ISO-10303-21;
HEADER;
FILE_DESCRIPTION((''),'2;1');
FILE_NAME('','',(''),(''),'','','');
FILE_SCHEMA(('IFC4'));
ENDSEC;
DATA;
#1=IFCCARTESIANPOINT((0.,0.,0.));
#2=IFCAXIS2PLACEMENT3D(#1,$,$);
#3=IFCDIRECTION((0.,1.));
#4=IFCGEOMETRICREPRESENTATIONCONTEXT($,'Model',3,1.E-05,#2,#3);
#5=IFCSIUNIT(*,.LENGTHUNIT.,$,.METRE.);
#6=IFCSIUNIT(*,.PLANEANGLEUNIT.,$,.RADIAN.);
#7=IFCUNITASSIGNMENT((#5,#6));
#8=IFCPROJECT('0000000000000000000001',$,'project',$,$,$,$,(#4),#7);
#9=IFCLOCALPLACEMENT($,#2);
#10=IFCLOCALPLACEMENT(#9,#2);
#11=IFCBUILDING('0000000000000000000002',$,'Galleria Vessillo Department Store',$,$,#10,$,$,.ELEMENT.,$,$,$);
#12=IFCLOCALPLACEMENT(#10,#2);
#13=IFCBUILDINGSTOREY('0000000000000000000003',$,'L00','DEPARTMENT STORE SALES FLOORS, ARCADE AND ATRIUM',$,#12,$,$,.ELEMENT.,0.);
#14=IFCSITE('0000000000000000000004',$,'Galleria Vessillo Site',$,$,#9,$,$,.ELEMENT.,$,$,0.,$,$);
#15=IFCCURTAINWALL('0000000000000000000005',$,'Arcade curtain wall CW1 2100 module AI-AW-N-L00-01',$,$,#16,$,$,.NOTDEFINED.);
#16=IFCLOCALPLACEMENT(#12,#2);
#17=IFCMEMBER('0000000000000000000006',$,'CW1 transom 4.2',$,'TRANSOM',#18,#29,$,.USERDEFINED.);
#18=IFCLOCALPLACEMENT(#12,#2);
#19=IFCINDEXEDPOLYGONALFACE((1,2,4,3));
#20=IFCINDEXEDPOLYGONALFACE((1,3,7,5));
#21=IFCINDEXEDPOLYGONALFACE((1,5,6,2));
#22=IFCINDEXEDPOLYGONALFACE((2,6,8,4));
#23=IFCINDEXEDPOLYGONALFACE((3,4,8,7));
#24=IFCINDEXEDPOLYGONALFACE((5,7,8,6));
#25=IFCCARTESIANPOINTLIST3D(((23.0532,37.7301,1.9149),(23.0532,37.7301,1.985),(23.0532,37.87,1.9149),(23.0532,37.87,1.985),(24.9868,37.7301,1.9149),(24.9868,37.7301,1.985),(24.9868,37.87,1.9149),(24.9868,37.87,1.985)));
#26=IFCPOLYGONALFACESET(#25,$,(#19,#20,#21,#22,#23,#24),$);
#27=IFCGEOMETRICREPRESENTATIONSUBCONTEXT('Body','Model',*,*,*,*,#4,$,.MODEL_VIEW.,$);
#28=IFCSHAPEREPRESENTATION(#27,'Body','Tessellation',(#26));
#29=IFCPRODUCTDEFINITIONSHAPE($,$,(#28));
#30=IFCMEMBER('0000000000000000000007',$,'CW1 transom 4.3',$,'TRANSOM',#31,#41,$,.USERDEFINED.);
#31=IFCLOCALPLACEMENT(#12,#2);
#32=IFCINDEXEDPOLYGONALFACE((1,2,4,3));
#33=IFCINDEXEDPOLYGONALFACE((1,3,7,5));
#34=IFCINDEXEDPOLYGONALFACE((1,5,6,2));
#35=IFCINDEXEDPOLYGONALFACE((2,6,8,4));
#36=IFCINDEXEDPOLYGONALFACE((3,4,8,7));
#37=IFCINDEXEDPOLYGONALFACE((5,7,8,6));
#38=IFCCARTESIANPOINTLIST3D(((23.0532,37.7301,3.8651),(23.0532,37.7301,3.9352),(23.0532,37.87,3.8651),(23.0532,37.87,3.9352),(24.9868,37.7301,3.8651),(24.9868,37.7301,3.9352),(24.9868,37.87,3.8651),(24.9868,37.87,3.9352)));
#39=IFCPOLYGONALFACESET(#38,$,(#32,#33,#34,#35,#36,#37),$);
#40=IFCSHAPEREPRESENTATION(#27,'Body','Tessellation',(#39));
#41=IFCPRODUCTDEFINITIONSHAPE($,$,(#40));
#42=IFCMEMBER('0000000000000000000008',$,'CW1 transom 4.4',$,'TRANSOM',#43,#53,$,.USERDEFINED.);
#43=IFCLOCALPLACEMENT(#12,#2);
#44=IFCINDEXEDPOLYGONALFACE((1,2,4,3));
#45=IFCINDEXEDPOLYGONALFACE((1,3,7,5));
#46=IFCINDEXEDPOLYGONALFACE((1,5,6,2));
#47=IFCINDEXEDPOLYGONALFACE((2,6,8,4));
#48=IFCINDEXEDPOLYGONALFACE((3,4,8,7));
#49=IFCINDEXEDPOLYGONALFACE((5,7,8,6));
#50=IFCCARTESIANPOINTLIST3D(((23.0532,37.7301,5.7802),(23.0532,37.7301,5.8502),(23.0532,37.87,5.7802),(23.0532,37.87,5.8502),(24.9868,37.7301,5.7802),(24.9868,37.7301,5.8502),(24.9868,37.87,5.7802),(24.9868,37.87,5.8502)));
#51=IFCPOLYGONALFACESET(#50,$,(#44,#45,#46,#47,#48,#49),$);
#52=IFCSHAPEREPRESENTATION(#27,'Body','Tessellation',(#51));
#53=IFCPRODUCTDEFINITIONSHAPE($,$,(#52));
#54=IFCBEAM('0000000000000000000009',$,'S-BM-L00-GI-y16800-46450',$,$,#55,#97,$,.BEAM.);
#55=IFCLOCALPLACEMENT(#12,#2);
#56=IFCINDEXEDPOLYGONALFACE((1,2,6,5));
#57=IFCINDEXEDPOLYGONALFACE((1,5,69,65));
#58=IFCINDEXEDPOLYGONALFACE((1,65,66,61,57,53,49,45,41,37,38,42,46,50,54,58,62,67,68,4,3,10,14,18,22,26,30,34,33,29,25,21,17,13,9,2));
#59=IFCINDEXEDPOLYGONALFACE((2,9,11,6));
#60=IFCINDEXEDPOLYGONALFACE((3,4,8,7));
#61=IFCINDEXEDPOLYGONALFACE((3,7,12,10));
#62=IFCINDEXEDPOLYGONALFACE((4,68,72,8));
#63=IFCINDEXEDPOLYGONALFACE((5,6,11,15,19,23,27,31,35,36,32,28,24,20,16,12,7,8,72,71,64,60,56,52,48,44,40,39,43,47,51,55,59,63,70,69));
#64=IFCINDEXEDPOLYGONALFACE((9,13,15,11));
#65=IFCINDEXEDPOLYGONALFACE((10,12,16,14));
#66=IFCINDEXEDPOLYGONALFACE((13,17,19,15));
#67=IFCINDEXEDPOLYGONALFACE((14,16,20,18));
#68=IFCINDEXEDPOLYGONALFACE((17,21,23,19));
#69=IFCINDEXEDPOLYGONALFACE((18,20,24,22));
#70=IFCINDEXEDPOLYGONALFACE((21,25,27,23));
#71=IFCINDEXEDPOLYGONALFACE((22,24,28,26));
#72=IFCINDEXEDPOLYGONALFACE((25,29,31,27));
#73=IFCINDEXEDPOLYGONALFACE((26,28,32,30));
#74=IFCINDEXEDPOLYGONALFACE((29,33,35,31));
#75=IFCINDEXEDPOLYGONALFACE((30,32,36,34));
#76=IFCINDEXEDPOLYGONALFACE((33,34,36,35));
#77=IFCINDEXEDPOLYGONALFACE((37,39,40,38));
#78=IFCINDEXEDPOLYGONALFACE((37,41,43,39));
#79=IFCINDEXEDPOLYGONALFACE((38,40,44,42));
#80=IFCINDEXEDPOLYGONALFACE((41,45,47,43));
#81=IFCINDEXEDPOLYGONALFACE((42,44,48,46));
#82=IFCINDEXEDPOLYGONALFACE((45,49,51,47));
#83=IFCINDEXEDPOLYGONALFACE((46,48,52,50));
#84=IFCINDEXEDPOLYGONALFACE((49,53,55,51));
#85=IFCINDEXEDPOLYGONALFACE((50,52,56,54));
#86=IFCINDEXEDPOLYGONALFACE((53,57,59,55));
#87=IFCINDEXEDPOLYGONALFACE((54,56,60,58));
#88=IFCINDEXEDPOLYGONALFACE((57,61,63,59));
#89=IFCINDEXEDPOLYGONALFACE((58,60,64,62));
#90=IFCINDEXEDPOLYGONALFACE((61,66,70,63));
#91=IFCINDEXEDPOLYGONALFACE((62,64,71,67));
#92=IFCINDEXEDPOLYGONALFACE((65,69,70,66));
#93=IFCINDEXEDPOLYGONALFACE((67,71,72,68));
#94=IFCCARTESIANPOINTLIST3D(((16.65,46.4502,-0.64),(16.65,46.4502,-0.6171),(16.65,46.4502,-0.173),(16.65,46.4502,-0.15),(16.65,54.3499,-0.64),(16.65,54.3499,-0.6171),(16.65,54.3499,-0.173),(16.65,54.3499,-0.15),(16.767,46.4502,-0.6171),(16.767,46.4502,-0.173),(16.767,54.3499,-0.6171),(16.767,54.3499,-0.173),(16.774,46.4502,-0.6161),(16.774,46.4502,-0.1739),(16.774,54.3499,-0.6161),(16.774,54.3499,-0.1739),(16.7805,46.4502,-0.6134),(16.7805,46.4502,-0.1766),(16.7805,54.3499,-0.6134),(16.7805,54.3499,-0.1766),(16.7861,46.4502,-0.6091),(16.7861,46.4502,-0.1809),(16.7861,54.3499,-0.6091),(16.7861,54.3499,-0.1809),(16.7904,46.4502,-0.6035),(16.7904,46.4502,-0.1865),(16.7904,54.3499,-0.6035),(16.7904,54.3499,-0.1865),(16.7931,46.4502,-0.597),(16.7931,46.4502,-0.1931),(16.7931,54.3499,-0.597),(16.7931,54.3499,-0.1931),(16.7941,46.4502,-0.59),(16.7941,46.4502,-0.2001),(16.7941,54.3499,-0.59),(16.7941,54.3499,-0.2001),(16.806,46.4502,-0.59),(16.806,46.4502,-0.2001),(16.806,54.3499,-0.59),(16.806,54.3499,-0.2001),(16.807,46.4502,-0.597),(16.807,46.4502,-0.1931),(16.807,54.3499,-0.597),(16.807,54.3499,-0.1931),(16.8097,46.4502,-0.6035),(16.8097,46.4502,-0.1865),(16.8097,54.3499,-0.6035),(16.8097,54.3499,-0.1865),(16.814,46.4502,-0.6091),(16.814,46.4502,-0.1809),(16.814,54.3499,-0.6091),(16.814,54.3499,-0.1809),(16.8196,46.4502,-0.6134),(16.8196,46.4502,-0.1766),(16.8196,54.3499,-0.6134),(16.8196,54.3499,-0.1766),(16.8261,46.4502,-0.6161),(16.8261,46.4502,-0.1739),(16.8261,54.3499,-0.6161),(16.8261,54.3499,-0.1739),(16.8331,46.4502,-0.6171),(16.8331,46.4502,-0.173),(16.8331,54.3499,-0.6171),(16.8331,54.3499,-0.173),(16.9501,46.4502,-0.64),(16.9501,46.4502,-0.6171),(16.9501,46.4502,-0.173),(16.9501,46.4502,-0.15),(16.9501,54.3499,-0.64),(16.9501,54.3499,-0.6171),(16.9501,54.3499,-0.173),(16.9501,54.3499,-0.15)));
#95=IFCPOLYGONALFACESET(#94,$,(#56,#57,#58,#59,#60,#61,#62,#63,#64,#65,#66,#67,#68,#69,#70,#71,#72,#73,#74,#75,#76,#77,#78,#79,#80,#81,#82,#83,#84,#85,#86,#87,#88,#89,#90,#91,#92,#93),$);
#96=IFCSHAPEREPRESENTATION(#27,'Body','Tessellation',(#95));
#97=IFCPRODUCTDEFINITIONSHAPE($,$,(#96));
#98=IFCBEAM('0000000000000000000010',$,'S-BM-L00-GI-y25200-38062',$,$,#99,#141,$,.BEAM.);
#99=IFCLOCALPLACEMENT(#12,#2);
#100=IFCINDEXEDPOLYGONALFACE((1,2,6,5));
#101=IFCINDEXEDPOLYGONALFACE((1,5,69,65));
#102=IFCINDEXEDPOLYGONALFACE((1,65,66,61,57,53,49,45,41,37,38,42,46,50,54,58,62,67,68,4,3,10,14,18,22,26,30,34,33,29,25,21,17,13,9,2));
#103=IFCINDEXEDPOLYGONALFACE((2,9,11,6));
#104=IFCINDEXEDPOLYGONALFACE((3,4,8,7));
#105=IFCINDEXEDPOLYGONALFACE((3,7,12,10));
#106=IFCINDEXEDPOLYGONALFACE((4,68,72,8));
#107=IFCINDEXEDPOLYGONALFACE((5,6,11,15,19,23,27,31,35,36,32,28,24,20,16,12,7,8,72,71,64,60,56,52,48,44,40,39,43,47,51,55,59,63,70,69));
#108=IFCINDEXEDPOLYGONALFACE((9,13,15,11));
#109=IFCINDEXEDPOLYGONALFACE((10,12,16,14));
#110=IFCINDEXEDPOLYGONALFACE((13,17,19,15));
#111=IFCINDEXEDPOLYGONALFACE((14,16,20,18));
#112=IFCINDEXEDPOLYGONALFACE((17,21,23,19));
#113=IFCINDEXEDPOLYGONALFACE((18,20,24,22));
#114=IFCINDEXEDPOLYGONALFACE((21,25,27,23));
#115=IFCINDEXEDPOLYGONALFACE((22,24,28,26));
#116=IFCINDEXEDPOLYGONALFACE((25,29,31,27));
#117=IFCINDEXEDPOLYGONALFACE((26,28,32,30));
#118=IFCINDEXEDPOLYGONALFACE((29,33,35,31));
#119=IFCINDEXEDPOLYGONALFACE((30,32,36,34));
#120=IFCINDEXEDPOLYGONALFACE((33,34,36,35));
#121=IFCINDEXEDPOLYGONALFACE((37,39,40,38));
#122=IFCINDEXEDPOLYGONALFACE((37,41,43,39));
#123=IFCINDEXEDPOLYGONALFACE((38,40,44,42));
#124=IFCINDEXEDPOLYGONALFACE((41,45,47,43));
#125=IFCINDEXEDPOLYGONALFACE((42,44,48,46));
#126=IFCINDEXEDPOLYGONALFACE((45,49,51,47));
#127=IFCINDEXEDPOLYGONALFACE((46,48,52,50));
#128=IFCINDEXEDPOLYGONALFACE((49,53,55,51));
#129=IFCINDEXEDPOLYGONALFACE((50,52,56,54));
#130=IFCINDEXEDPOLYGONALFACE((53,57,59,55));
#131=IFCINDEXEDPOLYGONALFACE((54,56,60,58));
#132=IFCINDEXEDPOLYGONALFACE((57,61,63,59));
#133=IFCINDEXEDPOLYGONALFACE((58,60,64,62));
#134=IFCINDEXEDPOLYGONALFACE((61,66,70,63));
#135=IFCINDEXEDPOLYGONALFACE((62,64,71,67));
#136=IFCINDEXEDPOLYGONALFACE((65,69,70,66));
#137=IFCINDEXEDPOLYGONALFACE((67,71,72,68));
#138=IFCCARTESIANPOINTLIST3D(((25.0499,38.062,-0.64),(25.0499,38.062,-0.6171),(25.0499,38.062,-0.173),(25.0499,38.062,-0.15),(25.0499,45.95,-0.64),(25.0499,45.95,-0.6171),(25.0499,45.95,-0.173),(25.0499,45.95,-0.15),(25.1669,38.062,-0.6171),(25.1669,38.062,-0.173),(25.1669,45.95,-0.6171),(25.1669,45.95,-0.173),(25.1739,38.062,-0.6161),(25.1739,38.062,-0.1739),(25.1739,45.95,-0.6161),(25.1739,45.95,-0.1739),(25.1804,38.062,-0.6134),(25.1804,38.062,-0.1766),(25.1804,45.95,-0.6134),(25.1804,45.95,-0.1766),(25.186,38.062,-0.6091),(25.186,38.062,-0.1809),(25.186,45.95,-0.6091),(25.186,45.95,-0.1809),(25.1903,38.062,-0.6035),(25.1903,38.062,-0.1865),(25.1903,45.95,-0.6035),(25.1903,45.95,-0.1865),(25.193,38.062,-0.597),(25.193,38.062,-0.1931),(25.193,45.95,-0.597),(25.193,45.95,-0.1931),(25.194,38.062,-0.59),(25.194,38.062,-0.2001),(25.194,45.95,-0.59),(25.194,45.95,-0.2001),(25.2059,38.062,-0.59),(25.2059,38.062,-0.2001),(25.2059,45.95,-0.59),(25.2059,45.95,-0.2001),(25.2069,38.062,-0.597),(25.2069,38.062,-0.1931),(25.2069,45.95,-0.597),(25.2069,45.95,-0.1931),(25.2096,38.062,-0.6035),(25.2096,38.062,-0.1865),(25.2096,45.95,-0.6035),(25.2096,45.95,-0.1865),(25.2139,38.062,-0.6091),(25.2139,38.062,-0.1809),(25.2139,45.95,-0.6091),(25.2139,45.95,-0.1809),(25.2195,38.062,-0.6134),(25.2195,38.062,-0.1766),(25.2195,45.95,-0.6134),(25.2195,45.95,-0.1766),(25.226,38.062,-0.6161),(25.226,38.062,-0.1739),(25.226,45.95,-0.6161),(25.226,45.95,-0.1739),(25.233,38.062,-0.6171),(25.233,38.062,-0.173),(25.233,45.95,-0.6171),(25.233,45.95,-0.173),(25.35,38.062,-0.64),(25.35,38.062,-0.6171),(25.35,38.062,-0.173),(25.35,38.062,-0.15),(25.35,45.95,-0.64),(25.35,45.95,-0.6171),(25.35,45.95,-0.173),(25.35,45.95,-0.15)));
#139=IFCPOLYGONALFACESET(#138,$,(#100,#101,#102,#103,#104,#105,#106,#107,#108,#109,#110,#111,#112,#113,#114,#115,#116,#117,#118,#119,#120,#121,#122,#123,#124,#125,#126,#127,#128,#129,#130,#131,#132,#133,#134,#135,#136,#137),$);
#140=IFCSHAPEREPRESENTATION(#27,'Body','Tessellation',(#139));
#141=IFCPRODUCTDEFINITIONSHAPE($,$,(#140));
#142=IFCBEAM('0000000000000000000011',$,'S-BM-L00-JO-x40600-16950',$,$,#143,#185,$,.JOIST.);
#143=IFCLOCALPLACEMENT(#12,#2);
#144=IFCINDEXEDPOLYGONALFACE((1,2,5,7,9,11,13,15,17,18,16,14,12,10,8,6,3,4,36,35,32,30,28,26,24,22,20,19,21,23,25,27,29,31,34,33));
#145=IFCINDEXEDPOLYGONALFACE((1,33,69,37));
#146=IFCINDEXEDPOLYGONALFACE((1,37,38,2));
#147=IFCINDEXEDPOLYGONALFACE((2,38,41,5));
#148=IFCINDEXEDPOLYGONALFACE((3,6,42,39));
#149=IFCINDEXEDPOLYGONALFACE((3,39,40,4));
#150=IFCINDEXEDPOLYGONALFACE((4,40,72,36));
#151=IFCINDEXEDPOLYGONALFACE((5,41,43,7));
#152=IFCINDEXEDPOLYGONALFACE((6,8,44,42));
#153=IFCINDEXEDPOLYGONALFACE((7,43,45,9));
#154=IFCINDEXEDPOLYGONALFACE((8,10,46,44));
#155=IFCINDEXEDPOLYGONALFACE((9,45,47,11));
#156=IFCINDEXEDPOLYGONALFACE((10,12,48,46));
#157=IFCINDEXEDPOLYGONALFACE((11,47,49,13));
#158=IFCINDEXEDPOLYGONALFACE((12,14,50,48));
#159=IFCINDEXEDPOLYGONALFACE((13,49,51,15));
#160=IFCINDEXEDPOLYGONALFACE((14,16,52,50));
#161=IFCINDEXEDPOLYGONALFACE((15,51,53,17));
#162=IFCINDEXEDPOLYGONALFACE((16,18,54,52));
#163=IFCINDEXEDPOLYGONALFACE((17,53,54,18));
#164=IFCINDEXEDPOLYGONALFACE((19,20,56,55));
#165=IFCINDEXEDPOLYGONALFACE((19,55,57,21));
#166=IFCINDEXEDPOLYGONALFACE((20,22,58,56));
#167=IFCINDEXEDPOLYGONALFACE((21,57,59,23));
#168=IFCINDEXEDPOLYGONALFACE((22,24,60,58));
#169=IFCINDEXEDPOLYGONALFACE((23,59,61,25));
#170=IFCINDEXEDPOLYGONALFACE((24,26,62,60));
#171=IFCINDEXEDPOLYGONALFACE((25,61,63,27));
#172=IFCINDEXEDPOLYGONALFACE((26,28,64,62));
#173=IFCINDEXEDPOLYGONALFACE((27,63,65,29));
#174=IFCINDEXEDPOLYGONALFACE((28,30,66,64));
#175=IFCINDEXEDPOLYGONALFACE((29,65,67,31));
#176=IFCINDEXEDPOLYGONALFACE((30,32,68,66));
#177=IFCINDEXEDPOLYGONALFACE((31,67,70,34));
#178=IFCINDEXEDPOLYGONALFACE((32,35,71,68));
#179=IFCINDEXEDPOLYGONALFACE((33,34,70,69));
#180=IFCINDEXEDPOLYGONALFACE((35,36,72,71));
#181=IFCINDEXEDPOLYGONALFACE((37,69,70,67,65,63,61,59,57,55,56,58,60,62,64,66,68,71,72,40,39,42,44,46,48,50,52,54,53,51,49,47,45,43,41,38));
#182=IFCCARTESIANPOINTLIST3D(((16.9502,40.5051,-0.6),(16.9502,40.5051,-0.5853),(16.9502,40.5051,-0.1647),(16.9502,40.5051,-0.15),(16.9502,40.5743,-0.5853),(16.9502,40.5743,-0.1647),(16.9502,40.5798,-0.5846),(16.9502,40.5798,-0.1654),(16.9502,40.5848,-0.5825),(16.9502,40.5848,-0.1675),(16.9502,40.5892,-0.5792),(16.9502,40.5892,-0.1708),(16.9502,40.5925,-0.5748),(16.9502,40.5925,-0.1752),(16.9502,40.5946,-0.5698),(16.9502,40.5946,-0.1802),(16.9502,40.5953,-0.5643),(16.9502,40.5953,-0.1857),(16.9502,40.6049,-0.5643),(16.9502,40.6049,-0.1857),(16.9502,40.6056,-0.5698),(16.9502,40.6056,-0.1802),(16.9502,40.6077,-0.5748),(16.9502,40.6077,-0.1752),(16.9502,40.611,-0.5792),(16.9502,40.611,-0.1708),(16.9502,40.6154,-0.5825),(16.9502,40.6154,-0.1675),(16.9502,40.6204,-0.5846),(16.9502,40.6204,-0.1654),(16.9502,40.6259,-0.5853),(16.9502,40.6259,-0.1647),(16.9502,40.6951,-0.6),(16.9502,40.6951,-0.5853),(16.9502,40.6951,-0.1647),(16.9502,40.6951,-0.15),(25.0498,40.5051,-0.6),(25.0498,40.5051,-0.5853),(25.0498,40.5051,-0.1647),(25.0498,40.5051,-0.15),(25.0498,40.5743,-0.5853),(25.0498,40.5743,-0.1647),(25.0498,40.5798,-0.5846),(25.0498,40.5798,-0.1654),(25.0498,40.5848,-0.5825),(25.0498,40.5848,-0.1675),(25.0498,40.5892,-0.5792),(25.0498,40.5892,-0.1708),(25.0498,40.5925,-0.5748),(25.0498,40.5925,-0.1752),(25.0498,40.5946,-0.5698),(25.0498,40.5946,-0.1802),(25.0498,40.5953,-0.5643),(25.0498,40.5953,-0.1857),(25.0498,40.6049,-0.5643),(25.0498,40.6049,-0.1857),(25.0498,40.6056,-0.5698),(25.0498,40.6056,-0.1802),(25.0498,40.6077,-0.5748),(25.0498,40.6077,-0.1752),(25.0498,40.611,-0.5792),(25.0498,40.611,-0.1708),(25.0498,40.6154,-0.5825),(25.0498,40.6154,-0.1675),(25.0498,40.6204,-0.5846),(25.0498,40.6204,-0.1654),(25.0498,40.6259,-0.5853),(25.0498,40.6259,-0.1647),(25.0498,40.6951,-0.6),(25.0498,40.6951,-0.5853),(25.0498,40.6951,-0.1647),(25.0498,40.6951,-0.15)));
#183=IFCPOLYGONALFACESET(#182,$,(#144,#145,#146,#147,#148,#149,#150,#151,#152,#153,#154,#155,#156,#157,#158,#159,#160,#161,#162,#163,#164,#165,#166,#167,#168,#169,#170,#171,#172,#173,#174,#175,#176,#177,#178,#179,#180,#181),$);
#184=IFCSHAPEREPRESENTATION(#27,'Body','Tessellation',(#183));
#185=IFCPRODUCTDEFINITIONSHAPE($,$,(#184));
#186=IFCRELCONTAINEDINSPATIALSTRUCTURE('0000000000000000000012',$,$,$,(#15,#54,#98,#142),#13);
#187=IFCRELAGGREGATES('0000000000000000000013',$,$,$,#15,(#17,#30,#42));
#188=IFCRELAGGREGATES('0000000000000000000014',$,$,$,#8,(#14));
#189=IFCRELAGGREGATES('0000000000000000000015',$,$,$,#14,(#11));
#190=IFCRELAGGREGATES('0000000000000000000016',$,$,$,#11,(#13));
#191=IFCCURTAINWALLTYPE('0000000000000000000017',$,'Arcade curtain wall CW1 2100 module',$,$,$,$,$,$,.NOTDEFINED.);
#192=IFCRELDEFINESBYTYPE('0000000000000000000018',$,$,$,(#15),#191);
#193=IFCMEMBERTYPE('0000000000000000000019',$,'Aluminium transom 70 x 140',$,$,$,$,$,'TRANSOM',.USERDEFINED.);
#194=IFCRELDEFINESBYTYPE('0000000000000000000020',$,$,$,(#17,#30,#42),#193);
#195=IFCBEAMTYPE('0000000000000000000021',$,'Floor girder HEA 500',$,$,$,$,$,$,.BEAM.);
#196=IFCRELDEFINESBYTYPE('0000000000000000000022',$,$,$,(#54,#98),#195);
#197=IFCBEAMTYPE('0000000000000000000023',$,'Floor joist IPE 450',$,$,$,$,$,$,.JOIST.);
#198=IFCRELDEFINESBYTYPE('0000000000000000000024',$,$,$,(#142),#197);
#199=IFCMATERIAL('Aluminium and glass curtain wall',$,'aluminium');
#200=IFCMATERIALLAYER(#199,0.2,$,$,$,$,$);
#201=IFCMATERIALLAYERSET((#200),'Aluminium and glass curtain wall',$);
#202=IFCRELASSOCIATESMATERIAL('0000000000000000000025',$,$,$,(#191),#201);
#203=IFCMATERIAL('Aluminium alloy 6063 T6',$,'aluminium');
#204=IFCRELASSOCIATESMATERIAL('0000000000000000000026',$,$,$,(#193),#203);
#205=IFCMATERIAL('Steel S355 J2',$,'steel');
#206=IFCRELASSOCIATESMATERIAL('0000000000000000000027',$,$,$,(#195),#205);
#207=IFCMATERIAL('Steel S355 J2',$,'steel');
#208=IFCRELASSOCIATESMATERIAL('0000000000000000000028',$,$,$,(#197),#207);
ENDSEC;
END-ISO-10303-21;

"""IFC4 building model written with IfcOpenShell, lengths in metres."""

from ifc_helpers import new_model, si_unit, direction, frame, origin, origin_2d, place, context, subcontext, project, spatial, rectangle, i_section, extrude, material, layer, layer_set, material_profile, profile_set, type_object, element, aggregate, save


model = new_model("IFC4")

# Units and contexts
model_context = context("Model", 3, precision=1e-05, world=origin(), true_north=direction((0.0, 1.0)))
body_context = subcontext(model_context, "Body", "Model", "MODEL_VIEW")
ifc_project = project(units=[si_unit("LENGTHUNIT", "METRE"), si_unit("PLANEANGLEUNIT", "RADIAN")], contexts=[model_context])

# Site, building, storey
site_placement = place(None, origin())
site = spatial("IfcSite", under=ifc_project, at=site_placement, Name="Galleria Vessillo Site", CompositionType="ELEMENT", RefElevation=0.0)
building_placement = place(site_placement, origin())
building = spatial("IfcBuilding", under=site, at=building_placement, Name="Galleria Vessillo Department Store", CompositionType="ELEMENT")
storey_placement = place(building_placement, origin())
storey = spatial("IfcBuildingStorey", under=building, at=storey_placement, Name="L00", Description="DEPARTMENT STORE SALES FLOORS, ARCADE AND ATRIUM", CompositionType="ELEMENT", Elevation=0.0)

# Curtain wall, members
ifc_material_1 = material(Name="Aluminium and glass curtain wall", Category="aluminium")
ifc_layer_1 = layer(ifc_material_1, 0.2)
ifc_layer_set_1 = layer_set([ifc_layer_1], Name="Aluminium and glass curtain wall")
curtain_wall_type = type_object("IfcCurtainWallType", Name="Arcade curtain wall CW1 2100 module", PredefinedType="NOTDEFINED", material=ifc_layer_set_1)
curtain_wall_placement = place(storey_placement, origin())
curtain_wall = element("IfcCurtainWall", 1, at=curtain_wall_placement, inside=storey, type_object=curtain_wall_type, Name="Arcade curtain wall CW1 2100 module AI-AW-N-L00-01", PredefinedType="NOTDEFINED")
ifc_material_2 = material(Name="Aluminium alloy 6063 T6", Category="aluminium")
ifc_material_profile_1 = material_profile(ifc_material_2, rectangle(XDim=0.1399, YDim=0.0701, at=origin_2d()), Name="AL 70x140")
ifc_profile_set_1 = profile_set([ifc_material_profile_1], Name="Aluminium alloy 6063 T6")
member_type_1 = type_object("IfcMemberType", Name="Aluminium transom 70 x 140", ElementType="TRANSOM", PredefinedType="USERDEFINED", material=ifc_profile_set_1)
member_1_placement = place(storey_placement, frame((23.0532, 37.8, 1.95), z_axis=(1.0, 0.0, 0.0), x_axis=(0.0, 1.0, 0.0)))
member_1 = element("IfcMember", 2, at=member_1_placement, type_object=member_type_1, Name="CW1 transom 4.2", ObjectType="TRANSOM", PredefinedType="USERDEFINED", context=body_context, shape_type="SweptSolid", body=[
    extrude(rectangle(XDim=0.1399, YDim=0.0701, at=origin_2d()), origin(), (0.0, 0.0, 1.0), 1.9336),
])
member_2_placement = place(storey_placement, frame((23.0532, 37.8, 3.9001), z_axis=(1.0, 0.0, 0.0), x_axis=(0.0, 1.0, 0.0)))
member_2 = element("IfcMember", 3, at=member_2_placement, type_object=member_type_1, Name="CW1 transom 4.3", ObjectType="TRANSOM", PredefinedType="USERDEFINED", context=body_context, shape_type="SweptSolid", body=[
    extrude(rectangle(XDim=0.1399, YDim=0.0701, at=origin_2d()), origin(), (0.0, 0.0, 1.0), 1.9336),
])
member_3_placement = place(storey_placement, frame((23.0532, 37.8, 5.8152), z_axis=(1.0, 0.0, 0.0), x_axis=(0.0, 1.0, 0.0)))
member_3 = element("IfcMember", 4, at=member_3_placement, type_object=member_type_1, Name="CW1 transom 4.4", ObjectType="TRANSOM", PredefinedType="USERDEFINED", context=body_context, shape_type="SweptSolid", body=[
    extrude(rectangle(XDim=0.1399, YDim=0.0701, at=origin_2d()), origin(), (0.0, 0.0, 1.0), 1.9336),
])

# Beams
ifc_material_3 = material(Name="Steel S355 J2", Category="steel")
ifc_material_profile_2 = material_profile(ifc_material_3, i_section(OverallWidth=0.3, OverallDepth=0.49, WebThickness=0.012, FlangeThickness=0.0229, FilletRadius=0.0271, at=origin_2d()), Name="HEA 500")
ifc_profile_set_2 = profile_set([ifc_material_profile_2], Name="Steel S355 J2")
beam_type_1 = type_object("IfcBeamType", Name="Floor girder HEA 500", PredefinedType="BEAM", material=ifc_profile_set_2)
beam_1_placement = place(storey_placement, frame((16.8, 46.4502, -0.395), z_axis=(0.0, 1.0, 0.0), x_axis=(-1.0, 0.0, 0.0)))
element("IfcBeam", 5, at=beam_1_placement, inside=storey, type_object=beam_type_1, Name="S-BM-L00-GI-y16800-46450", PredefinedType="BEAM", context=body_context, shape_type="SweptSolid", body=[
    extrude(i_section(OverallWidth=0.3, OverallDepth=0.49, WebThickness=0.012, FlangeThickness=0.0229, FilletRadius=0.0271, at=origin_2d()), origin(), (0.0, 0.0, 1.0), 7.8997),
])
beam_2_placement = place(storey_placement, frame((25.2, 38.062, -0.395), z_axis=(0.0, 1.0, 0.0), x_axis=(-1.0, 0.0, 0.0)))
element("IfcBeam", 6, at=beam_2_placement, inside=storey, type_object=beam_type_1, Name="S-BM-L00-GI-y25200-38062", PredefinedType="BEAM", context=body_context, shape_type="SweptSolid", body=[
    extrude(i_section(OverallWidth=0.3, OverallDepth=0.49, WebThickness=0.012, FlangeThickness=0.0229, FilletRadius=0.0271, at=origin_2d()), origin(), (0.0, 0.0, 1.0), 7.8879),
])
ifc_material_4 = material(Name="Steel S355 J2", Category="steel")
ifc_material_profile_3 = material_profile(ifc_material_4, i_section(OverallWidth=0.1899, OverallDepth=0.45, WebThickness=0.0095, FlangeThickness=0.0146, FilletRadius=0.021, at=origin_2d()), Name="IPE 450")
ifc_profile_set_3 = profile_set([ifc_material_profile_3], Name="Steel S355 J2")
beam_type_2 = type_object("IfcBeamType", Name="Floor joist IPE 450", PredefinedType="JOIST", material=ifc_profile_set_3)
for number, where, z_axis, x_axis, name in (
    (7, (16.9502, 40.6001, -0.375), (1.0, 0.0, 0.0), (0.0, 1.0, 0.0), "S-BM-L00-JO-x40600-16950"),
):
    element("IfcBeam", number, at=place(storey_placement, frame(where, z_axis=z_axis, x_axis=x_axis)), inside=storey, type_object=beam_type_2, Name=name, PredefinedType="JOIST", context=body_context, shape_type="SweptSolid", body=[
        extrude(i_section(OverallWidth=0.1899, OverallDepth=0.45, WebThickness=0.0095, FlangeThickness=0.0146, FilletRadius=0.021, at=origin_2d()), origin(), (0.0, 0.0, 1.0), 8.0996),
    ])

aggregate(curtain_wall, [member_1, member_2, member_3])

save(model, "model.ifc")
